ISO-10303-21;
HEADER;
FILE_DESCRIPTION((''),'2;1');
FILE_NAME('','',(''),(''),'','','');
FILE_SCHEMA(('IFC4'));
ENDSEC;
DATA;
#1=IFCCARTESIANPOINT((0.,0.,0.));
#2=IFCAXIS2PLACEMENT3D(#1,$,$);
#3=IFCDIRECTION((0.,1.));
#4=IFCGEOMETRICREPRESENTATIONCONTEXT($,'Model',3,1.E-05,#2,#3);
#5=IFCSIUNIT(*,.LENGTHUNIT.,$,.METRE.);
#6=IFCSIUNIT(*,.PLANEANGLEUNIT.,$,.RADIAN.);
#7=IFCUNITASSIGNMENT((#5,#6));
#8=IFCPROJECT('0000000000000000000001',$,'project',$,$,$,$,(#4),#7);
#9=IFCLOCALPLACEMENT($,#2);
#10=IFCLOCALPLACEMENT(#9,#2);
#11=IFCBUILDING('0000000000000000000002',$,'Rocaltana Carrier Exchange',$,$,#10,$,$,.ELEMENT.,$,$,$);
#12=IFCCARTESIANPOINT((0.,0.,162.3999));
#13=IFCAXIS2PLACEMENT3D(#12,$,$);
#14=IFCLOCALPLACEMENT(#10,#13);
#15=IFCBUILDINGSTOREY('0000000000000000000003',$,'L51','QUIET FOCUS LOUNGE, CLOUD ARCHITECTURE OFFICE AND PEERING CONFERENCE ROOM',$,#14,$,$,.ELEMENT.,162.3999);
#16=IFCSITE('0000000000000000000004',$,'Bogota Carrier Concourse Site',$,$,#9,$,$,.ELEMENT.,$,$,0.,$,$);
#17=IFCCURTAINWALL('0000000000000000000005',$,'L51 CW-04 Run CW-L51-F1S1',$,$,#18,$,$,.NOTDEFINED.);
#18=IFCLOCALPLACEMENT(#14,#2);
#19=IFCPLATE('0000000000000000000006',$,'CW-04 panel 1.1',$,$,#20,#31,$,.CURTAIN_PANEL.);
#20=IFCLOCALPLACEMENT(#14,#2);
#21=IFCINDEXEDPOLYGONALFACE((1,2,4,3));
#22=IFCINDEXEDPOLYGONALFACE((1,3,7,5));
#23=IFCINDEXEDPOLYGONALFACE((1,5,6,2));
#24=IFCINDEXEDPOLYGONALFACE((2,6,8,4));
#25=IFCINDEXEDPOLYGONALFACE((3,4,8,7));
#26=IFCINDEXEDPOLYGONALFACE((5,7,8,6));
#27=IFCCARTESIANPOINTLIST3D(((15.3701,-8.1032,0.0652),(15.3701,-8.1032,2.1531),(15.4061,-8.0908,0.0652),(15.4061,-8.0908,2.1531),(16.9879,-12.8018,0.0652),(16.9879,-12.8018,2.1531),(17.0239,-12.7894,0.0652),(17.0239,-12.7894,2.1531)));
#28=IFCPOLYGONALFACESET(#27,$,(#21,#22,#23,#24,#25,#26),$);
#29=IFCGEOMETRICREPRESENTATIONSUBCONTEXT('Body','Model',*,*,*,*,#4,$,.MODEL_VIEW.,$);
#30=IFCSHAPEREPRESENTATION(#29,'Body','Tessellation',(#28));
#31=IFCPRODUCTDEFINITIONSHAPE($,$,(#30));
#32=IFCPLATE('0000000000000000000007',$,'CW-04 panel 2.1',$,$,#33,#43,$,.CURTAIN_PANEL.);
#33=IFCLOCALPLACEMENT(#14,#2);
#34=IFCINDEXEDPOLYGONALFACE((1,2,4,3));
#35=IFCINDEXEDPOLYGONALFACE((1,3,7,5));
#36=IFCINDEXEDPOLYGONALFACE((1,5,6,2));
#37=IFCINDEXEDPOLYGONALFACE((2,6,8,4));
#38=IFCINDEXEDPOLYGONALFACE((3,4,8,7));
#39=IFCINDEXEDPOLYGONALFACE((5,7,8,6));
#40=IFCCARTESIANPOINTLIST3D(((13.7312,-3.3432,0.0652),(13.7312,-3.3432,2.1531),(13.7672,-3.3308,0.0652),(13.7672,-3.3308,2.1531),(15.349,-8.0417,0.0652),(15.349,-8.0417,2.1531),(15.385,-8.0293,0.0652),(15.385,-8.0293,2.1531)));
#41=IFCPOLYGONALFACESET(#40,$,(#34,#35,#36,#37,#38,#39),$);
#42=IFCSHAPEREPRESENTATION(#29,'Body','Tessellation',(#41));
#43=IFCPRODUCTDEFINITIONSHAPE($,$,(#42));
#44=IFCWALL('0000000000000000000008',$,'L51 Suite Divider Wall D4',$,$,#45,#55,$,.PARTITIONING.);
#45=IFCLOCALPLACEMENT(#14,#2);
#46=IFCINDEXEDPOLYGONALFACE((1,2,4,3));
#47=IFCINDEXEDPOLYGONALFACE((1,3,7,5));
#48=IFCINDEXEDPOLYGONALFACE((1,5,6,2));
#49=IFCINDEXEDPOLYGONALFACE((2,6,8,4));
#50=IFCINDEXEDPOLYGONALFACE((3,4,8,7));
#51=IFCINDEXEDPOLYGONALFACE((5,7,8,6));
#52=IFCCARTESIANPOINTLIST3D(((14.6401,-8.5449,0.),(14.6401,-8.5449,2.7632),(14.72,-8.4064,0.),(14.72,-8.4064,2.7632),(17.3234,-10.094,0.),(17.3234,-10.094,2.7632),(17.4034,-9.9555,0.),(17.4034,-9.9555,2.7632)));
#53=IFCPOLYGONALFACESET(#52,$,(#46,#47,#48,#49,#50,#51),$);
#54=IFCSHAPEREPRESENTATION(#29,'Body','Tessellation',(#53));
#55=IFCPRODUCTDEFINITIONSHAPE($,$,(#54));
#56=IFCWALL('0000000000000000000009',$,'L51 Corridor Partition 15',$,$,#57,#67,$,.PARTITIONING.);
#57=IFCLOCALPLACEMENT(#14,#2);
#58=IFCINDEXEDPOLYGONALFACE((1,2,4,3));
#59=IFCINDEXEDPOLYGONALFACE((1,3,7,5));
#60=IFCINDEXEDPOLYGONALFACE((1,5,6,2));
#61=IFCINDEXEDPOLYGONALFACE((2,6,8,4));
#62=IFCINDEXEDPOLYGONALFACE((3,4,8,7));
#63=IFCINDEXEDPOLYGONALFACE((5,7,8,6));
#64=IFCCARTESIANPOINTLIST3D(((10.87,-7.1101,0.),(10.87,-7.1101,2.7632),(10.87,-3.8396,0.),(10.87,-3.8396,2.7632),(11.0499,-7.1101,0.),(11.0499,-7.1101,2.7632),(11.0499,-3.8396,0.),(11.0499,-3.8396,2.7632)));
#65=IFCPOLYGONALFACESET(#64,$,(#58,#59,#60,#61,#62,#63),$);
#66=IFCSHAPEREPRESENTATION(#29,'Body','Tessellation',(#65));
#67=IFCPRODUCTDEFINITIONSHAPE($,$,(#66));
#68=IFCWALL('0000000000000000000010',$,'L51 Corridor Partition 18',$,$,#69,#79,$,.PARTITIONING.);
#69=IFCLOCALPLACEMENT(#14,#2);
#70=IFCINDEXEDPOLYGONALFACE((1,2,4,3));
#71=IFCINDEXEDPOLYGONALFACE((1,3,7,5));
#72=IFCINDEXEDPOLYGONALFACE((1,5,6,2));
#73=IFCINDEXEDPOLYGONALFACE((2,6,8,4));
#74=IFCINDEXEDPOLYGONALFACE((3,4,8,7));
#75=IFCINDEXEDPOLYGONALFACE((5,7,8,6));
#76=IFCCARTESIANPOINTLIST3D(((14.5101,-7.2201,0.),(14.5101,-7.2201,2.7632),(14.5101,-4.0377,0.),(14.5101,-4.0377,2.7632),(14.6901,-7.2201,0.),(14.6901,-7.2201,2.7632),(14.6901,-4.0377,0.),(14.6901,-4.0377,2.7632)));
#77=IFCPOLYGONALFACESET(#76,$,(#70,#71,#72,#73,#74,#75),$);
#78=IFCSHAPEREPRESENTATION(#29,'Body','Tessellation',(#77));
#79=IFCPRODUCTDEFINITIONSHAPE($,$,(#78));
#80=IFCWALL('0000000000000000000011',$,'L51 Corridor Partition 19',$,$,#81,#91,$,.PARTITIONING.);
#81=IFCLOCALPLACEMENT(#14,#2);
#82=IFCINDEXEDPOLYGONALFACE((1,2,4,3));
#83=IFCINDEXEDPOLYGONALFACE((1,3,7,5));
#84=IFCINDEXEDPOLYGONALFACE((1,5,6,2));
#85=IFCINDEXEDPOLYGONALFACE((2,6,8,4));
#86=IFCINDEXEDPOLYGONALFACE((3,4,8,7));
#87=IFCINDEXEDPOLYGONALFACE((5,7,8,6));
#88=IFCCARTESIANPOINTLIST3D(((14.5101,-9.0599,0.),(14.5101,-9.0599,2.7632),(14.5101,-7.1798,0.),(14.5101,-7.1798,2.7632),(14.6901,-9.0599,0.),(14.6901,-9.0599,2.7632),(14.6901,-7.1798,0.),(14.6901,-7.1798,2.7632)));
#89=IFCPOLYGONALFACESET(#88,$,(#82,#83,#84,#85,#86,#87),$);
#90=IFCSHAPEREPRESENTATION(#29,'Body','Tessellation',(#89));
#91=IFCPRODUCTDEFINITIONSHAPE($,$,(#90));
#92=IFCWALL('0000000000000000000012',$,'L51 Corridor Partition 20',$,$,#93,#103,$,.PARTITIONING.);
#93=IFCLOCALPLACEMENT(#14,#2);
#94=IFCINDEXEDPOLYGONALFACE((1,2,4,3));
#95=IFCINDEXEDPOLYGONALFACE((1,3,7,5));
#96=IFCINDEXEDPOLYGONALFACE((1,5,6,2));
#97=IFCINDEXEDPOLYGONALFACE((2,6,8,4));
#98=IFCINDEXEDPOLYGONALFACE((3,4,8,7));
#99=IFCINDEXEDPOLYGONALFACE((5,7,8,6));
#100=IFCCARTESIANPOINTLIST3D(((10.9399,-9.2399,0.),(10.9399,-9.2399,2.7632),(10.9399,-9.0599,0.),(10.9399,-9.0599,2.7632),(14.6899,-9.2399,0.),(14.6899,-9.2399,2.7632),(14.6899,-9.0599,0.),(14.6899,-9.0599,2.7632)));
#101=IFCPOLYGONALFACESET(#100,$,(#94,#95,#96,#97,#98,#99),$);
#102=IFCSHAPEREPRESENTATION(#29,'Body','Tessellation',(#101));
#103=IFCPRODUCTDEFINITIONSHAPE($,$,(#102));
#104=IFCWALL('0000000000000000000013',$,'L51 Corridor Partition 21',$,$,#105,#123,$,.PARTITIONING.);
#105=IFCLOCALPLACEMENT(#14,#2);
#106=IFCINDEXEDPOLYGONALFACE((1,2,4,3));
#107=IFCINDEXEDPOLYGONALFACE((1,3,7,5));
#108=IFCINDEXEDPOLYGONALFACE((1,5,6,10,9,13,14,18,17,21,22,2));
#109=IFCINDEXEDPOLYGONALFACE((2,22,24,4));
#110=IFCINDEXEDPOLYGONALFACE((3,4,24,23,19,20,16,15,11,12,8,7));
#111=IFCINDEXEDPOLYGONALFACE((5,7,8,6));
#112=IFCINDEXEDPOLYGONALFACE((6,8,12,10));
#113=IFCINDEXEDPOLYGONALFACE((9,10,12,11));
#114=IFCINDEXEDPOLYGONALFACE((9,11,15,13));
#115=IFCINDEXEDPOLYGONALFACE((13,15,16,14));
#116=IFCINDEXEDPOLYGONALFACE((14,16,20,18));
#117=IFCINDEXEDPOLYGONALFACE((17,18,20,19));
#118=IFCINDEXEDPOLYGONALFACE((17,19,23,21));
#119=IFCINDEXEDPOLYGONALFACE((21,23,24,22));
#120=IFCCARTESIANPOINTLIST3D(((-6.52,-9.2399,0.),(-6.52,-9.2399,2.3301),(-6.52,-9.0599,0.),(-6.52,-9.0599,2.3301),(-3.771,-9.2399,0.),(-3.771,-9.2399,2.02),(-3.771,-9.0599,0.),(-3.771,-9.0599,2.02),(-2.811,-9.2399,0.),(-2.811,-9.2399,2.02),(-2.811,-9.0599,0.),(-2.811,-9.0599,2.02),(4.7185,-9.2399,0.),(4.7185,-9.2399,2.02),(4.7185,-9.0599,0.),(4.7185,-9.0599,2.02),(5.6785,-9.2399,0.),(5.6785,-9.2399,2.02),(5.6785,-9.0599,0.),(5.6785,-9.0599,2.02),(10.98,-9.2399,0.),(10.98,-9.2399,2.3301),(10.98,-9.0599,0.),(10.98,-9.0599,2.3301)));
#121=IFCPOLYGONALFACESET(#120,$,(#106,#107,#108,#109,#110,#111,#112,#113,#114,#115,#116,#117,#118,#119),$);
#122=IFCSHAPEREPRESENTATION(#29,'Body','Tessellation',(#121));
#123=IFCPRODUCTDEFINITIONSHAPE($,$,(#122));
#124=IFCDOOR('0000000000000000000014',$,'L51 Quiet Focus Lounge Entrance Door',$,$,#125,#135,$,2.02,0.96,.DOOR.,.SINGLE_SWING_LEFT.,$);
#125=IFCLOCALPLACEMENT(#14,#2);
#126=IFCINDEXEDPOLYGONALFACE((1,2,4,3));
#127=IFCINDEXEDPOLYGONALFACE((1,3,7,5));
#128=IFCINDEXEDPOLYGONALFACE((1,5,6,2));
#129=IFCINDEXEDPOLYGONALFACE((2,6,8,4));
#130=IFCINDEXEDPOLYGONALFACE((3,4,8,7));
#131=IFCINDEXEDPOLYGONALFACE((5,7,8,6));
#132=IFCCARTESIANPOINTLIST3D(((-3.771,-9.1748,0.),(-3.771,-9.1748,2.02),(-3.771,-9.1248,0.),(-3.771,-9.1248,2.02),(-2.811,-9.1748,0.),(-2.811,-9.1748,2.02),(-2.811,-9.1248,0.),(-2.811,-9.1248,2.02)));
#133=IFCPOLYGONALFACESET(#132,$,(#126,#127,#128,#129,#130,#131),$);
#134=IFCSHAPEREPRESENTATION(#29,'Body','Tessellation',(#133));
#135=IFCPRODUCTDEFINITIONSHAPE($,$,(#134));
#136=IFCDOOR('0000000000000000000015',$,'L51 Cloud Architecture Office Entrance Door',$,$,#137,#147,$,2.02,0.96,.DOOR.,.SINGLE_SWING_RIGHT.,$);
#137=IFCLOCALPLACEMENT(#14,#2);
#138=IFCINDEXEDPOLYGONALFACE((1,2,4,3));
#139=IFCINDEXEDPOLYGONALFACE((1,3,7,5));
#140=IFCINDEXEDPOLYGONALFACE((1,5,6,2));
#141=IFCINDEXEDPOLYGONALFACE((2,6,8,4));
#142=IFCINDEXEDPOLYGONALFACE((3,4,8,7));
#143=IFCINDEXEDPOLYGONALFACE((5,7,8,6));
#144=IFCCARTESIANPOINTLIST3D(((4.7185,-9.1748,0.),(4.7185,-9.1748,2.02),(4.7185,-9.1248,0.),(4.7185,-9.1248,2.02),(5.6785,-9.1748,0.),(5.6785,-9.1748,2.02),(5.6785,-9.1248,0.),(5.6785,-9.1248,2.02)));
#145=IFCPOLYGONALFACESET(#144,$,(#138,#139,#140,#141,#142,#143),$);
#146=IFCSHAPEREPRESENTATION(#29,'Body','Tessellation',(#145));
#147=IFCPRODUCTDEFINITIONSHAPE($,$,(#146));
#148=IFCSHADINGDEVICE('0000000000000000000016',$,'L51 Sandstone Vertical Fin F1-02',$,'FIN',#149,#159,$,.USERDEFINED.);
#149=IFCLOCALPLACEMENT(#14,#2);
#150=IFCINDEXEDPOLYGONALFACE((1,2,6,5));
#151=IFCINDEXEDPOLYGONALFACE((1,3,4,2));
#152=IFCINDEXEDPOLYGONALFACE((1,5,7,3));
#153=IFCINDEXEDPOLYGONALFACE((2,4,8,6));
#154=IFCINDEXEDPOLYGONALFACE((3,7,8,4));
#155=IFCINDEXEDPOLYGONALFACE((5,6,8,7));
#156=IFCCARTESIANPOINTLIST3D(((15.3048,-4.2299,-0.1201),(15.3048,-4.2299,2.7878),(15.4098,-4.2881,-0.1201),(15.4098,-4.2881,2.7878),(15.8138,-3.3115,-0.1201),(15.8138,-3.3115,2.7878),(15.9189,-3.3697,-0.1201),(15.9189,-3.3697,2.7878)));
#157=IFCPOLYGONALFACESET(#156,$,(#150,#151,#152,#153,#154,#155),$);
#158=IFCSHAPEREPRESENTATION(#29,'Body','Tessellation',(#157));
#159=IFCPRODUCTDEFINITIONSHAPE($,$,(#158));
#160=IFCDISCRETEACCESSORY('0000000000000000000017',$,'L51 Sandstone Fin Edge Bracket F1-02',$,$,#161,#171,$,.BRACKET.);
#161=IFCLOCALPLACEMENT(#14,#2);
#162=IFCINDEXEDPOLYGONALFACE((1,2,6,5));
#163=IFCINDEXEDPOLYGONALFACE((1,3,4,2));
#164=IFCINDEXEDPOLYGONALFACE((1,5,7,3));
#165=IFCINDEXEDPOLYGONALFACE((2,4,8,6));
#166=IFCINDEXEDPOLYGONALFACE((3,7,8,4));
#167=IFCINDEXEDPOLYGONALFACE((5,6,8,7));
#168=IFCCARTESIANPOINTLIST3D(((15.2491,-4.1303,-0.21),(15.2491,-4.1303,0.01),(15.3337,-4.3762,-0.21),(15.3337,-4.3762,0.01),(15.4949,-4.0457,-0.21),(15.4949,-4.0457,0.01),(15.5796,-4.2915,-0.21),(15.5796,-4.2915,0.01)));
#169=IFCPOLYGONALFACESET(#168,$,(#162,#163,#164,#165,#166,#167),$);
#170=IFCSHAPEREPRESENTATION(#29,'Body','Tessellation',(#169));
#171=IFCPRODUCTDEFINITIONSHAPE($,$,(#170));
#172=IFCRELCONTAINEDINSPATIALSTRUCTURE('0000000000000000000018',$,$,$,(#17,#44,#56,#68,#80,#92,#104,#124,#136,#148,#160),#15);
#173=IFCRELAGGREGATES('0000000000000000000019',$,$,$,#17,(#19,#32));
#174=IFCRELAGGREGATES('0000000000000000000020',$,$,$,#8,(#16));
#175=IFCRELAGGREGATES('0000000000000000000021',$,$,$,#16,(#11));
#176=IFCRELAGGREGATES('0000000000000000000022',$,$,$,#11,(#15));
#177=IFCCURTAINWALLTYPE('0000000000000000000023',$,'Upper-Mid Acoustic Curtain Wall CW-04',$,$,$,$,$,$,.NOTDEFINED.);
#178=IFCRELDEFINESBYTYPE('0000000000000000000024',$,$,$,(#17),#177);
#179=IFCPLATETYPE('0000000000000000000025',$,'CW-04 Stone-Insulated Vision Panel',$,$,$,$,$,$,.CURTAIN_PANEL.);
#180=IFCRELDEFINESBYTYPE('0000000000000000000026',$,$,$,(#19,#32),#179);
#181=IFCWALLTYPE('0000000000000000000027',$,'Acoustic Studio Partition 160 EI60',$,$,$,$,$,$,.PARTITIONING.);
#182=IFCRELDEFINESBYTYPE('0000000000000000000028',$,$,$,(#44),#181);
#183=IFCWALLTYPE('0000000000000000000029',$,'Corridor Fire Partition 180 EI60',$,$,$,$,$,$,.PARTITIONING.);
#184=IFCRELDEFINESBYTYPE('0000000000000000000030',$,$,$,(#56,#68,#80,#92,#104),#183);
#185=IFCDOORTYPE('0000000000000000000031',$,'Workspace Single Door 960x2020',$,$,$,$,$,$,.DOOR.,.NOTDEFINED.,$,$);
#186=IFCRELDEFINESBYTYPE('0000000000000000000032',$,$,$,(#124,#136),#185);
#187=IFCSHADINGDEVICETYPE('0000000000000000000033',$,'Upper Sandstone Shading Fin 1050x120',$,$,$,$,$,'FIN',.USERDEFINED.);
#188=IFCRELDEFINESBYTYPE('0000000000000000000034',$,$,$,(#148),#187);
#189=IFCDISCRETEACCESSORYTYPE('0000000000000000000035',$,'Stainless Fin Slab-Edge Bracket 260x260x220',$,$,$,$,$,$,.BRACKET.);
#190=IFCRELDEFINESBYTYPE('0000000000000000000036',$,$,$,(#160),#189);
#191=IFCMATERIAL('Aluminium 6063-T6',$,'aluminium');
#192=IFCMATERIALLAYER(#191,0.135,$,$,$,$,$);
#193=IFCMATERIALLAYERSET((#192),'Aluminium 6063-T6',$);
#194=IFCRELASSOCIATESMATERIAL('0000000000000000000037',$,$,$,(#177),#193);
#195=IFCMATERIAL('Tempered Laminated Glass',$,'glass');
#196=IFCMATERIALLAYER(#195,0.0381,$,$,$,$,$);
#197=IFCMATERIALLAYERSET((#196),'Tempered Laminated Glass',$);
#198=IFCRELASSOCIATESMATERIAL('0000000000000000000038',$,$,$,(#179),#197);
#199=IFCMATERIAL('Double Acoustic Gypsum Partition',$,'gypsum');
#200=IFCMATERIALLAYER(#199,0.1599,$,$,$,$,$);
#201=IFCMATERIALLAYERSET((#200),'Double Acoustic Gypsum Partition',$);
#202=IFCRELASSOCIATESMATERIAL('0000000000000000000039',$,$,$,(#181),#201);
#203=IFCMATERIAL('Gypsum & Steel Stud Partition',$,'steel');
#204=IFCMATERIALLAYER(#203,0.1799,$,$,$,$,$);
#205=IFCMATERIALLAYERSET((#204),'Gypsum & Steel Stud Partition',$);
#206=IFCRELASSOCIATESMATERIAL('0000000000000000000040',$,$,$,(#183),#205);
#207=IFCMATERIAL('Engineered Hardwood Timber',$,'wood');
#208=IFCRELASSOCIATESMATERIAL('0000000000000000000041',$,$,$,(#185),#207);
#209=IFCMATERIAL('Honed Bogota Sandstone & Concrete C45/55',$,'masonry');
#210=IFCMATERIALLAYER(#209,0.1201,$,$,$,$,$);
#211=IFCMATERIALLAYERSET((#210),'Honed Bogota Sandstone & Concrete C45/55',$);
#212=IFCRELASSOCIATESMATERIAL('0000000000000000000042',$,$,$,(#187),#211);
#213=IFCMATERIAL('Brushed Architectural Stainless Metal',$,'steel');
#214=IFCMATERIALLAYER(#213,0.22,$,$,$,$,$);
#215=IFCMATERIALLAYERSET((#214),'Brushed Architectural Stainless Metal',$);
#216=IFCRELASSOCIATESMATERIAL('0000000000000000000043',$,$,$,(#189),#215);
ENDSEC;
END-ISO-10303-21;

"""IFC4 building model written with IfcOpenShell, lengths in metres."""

from ifc_helpers import new_model, si_unit, direction, frame, frame_2d, origin, origin_2d, place, context, subcontext, project, spatial, rectangle, extrude, material, layer, layer_set, type_object, element, fill, aggregate, save


model = new_model("IFC4")

# Units and contexts
model_context = context("Model", 3, precision=1e-05, world=origin(), true_north=direction((0.0, 1.0)))
body_context = subcontext(model_context, "Body", "Model", "MODEL_VIEW")
ifc_project = project(units=[si_unit("LENGTHUNIT", "METRE"), si_unit("PLANEANGLEUNIT", "RADIAN")], contexts=[model_context])

# Site, building, storey
site_placement = place(None, origin())
site = spatial("IfcSite", under=ifc_project, at=site_placement, Name="Bogota Carrier Concourse Site", CompositionType="ELEMENT", RefElevation=0.0)
building_placement = place(site_placement, origin())
building = spatial("IfcBuilding", under=site, at=building_placement, Name="Rocaltana Carrier Exchange", CompositionType="ELEMENT")
storey_placement = place(building_placement, frame((0.0, 0.0, 162.3999)))
storey = spatial("IfcBuildingStorey", under=building, at=storey_placement, Name="L51", Description="QUIET FOCUS LOUNGE, CLOUD ARCHITECTURE OFFICE AND PEERING CONFERENCE ROOM", CompositionType="ELEMENT", Elevation=162.3999)

# Curtain wall
ifc_material_1 = material(Name="Aluminium 6063-T6", Category="aluminium")
ifc_layer_1 = layer(ifc_material_1, 0.135)
ifc_layer_set_1 = layer_set([ifc_layer_1], Name="Aluminium 6063-T6")
curtain_wall_type = type_object("IfcCurtainWallType", Name="Upper-Mid Acoustic Curtain Wall CW-04", PredefinedType="NOTDEFINED", material=ifc_layer_set_1)
curtain_wall_placement = place(storey_placement, origin())
curtain_wall = element("IfcCurtainWall", 1, at=curtain_wall_placement, inside=storey, type_object=curtain_wall_type, Name="L51 CW-04 Run CW-L51-F1S1", PredefinedType="NOTDEFINED")

# Plates
ifc_material_2 = material(Name="Tempered Laminated Glass", Category="glass")
ifc_layer_2 = layer(ifc_material_2, 0.0381)
ifc_layer_set_2 = layer_set([ifc_layer_2], Name="Tempered Laminated Glass")
plate_type = type_object("IfcPlateType", Name="CW-04 Stone-Insulated Vision Panel", PredefinedType="CURTAIN_PANEL", material=ifc_layer_set_2)
plate_1_placement = place(storey_placement, frame((16.197, -10.4463, 0.0652), z_axis=(0.0, 0.0, 1.0), x_axis=(-0.325559, 0.945522, 0.0)))
plate_1 = element("IfcPlate", 2, at=plate_1_placement, type_object=plate_type, Name="CW-04 panel 1.1", PredefinedType="CURTAIN_PANEL", context=body_context, shape_type="SweptSolid", body=[
    extrude(rectangle(XDim=4.9692, YDim=0.0381, at=origin_2d()), origin(), (0.0, 0.0, 1.0), 2.0879),
])
plate_2_placement = place(storey_placement, frame((14.5581, -5.6863, 0.0652), z_axis=(0.0, 0.0, 1.0), x_axis=(-0.325559, 0.945522, 0.0)))
plate_2 = element("IfcPlate", 3, at=plate_2_placement, type_object=plate_type, Name="CW-04 panel 2.1", PredefinedType="CURTAIN_PANEL", context=body_context, shape_type="SweptSolid", body=[
    extrude(rectangle(XDim=4.9692, YDim=0.0381, at=origin_2d()), origin(), (0.0, 0.0, 1.0), 2.0879),
])
aggregate(curtain_wall, [plate_1, plate_2])

# Walls
ifc_material_3 = material(Name="Double Acoustic Gypsum Partition", Category="gypsum")
ifc_layer_3 = layer(ifc_material_3, 0.1599)
ifc_layer_set_3 = layer_set([ifc_layer_3], Name="Double Acoustic Gypsum Partition")
wall_type_1 = type_object("IfcWallType", Name="Acoustic Studio Partition 160 EI60", PredefinedType="PARTITIONING", material=ifc_layer_set_3)
wall_1_placement = place(storey_placement, frame((14.6799, -8.4756, 0.0), z_axis=(0.0, 0.0, 1.0), x_axis=(0.866048, -0.499961, 0.0)))
element("IfcWall", 4, at=wall_1_placement, inside=storey, type_object=wall_type_1, Name="L51 Suite Divider Wall D4", PredefinedType="PARTITIONING", context=body_context, shape_type="SweptSolid", body=[
    extrude(rectangle(XDim=3.0984, YDim=0.1599, at=frame_2d((1.5493, 0.0))), origin(), (0.0, 0.0, 1.0), 2.7632),
])
ifc_material_4 = material(Name="Gypsum & Steel Stud Partition", Category="steel")
ifc_layer_4 = layer(ifc_material_4, 0.1799)
ifc_layer_set_4 = layer_set([ifc_layer_4], Name="Gypsum & Steel Stud Partition")
wall_type_2 = type_object("IfcWallType", Name="Corridor Fire Partition 180 EI60", PredefinedType="PARTITIONING", material=ifc_layer_set_4)
wall_2_placement = place(storey_placement, frame((10.96, -7.1101, 0.0), z_axis=(0.0, 0.0, 1.0), x_axis=(0.0, 1.0, 0.0)))
element("IfcWall", 5, at=wall_2_placement, inside=storey, type_object=wall_type_2, Name="L51 Corridor Partition 15", PredefinedType="PARTITIONING", context=body_context, shape_type="SweptSolid", body=[
    extrude(rectangle(XDim=3.2705, YDim=0.1799, at=frame_2d((1.6353, 0.0))), origin(), (0.0, 0.0, 1.0), 2.7632),
])
wall_3_placement = place(storey_placement, frame((14.6001, -4.0376, 0.0), z_axis=(0.0, 0.0, 1.0), x_axis=(0.0, -1.0, 0.0)))
element("IfcWall", 6, at=wall_3_placement, inside=storey, type_object=wall_type_2, Name="L51 Corridor Partition 18", PredefinedType="PARTITIONING", context=body_context, shape_type="SweptSolid", body=[
    extrude(rectangle(XDim=3.1824, YDim=0.1799, at=frame_2d((1.5913, 0.0))), origin(), (0.0, 0.0, 1.0), 2.7632),
])
wall_4_placement = place(storey_placement, frame((14.6001, -7.1799, 0.0), z_axis=(0.0, 0.0, 1.0), x_axis=(0.0, -1.0, 0.0)))
element("IfcWall", 7, at=wall_4_placement, inside=storey, type_object=wall_type_2, Name="L51 Corridor Partition 19", PredefinedType="PARTITIONING", context=body_context, shape_type="SweptSolid", body=[
    extrude(rectangle(XDim=1.8801, YDim=0.1799, at=frame_2d((0.9399, 0.0))), origin(), (0.0, 0.0, 1.0), 2.7632),
])
wall_5_placement = place(storey_placement, frame((14.6899, -9.1499, 0.0), z_axis=(0.0, 0.0, 1.0), x_axis=(-1.0, 0.0, 0.0)))
element("IfcWall", 8, at=wall_5_placement, inside=storey, type_object=wall_type_2, Name="L51 Corridor Partition 20", PredefinedType="PARTITIONING", context=body_context, shape_type="SweptSolid", body=[
    extrude(rectangle(XDim=3.75, YDim=0.1799, at=frame_2d((1.875, 0.0))), origin(), (0.0, 0.0, 1.0), 2.7632),
])

# Wall, openings, doors
wall_6_placement = place(storey_placement, frame((10.98, -9.1499, 0.0), z_axis=(0.0, 0.0, 1.0), x_axis=(-1.0, 0.0, 0.0)))
wall_6 = element("IfcWall", 9, at=wall_6_placement, inside=storey, type_object=wall_type_2, Name="L51 Corridor Partition 21", PredefinedType="PARTITIONING", context=body_context, shape_type="SweptSolid", body=[
    extrude(rectangle(XDim=17.5, YDim=0.1799, at=frame_2d((8.75, 0.0))), origin(), (0.0, 0.0, 1.0), 2.3301),
])
opening_1_placement = place(wall_6_placement, frame((13.791, 0.0, 0.0)))
opening_1 = element("IfcOpeningElement", 10, at=opening_1_placement, cuts=wall_6, PredefinedType="OPENING", context=body_context, shape_type="SweptSolid", body=[
    extrude(rectangle(XDim=0.96, YDim=2.02, at=frame_2d((0.48, 1.01))), frame((0.0, 0.0999, 0.0), z_axis=(0.0, -1.0, 0.0), x_axis=(1.0, 0.0, 0.0)), (0.0, 0.0, 1.0), 0.2),
])
opening_2_placement = place(wall_6_placement, frame((5.3015, 0.0, 0.0)))
opening_2 = element("IfcOpeningElement", 11, at=opening_2_placement, cuts=wall_6, PredefinedType="OPENING", context=body_context, shape_type="SweptSolid", body=[
    extrude(rectangle(XDim=0.96, YDim=2.02, at=frame_2d((0.48, 1.01))), frame((0.0, 0.0999, 0.0), z_axis=(0.0, -1.0, 0.0), x_axis=(1.0, 0.0, 0.0)), (0.0, 0.0, 1.0), 0.2),
])
ifc_material_5 = material(Name="Engineered Hardwood Timber", Category="wood")
door_type = type_object("IfcDoorType", Name="Workspace Single Door 960x2020", OperationType="NOTDEFINED", PredefinedType="DOOR", material=ifc_material_5)
door_1_placement = place(opening_1_placement, origin())
door_1 = element("IfcDoor", 12, at=door_1_placement, inside=storey, type_object=door_type, Name="L51 Quiet Focus Lounge Entrance Door", OperationType="SINGLE_SWING_LEFT", OverallHeight=2.02, OverallWidth=0.96, PredefinedType="DOOR", context=body_context, shape_type="SweptSolid", body=[
    extrude(rectangle(XDim=0.96, YDim=2.02, at=frame_2d((0.48, 1.01))), frame((0.0, 0.0249, 0.0), z_axis=(0.0, -1.0, 0.0), x_axis=(1.0, 0.0, 0.0)), (0.0, 0.0, 1.0), 0.05),
])
fill(opening_1, door_1)
door_2_placement = place(opening_2_placement, origin())
door_2 = element("IfcDoor", 13, at=door_2_placement, inside=storey, type_object=door_type, Name="L51 Cloud Architecture Office Entrance Door", OperationType="SINGLE_SWING_RIGHT", OverallHeight=2.02, OverallWidth=0.96, PredefinedType="DOOR", context=body_context, shape_type="SweptSolid", body=[
    extrude(rectangle(XDim=0.96, YDim=2.02, at=frame_2d((0.48, 1.01))), frame((0.0, 0.0249, 0.0), z_axis=(0.0, -1.0, 0.0), x_axis=(1.0, 0.0, 0.0)), (0.0, 0.0, 1.0), 0.05),
])
fill(opening_2, door_2)

# Shading device
ifc_material_6 = material(Name="Honed Bogota Sandstone & Concrete C45/55", Category="masonry")
ifc_layer_5 = layer(ifc_material_6, 0.1201)
ifc_layer_set_5 = layer_set([ifc_layer_5], Name="Honed Bogota Sandstone & Concrete C45/55")
shading_device_type = type_object("IfcShadingDeviceType", Name="Upper Sandstone Shading Fin 1050x120", ElementType="FIN", PredefinedType="USERDEFINED", material=ifc_layer_set_5)
shading_device_placement = place(storey_placement, frame((15.6118, -3.7998, -0.1201), z_axis=(0.0, 0.0, 1.0), x_axis=(0.48481, 0.87462, 0.0)))
element("IfcShadingDevice", 14, at=shading_device_placement, inside=storey, type_object=shading_device_type, Name="L51 Sandstone Vertical Fin F1-02", ObjectType="FIN", PredefinedType="USERDEFINED", context=body_context, shape_type="SweptSolid", body=[
    extrude(rectangle(XDim=1.05, YDim=0.1201, at=origin_2d()), origin(), (0.0, 0.0, 1.0), 2.908),
])

# Discrete accessory
ifc_material_7 = material(Name="Brushed Architectural Stainless Metal", Category="steel")
ifc_layer_6 = layer(ifc_material_7, 0.22)
ifc_layer_set_6 = layer_set([ifc_layer_6], Name="Brushed Architectural Stainless Metal")
discrete_accessory_type = type_object("IfcDiscreteAccessoryType", Name="Stainless Fin Slab-Edge Bracket 260x260x220", PredefinedType="BRACKET", material=ifc_layer_set_6)
discrete_accessory_placement = place(storey_placement, frame((15.4143, -4.2109, -0.21), z_axis=(0.0, 0.0, 1.0), x_axis=(-0.325568, 0.945519, 0.0)))
element("IfcDiscreteAccessory", 15, at=discrete_accessory_placement, inside=storey, type_object=discrete_accessory_type, Name="L51 Sandstone Fin Edge Bracket F1-02", PredefinedType="BRACKET", context=body_context, shape_type="SweptSolid", body=[
    extrude(rectangle(XDim=0.26, YDim=0.26, at=origin_2d()), origin(), (0.0, 0.0, 1.0), 0.22),
])

save(model, "model.ifc")
